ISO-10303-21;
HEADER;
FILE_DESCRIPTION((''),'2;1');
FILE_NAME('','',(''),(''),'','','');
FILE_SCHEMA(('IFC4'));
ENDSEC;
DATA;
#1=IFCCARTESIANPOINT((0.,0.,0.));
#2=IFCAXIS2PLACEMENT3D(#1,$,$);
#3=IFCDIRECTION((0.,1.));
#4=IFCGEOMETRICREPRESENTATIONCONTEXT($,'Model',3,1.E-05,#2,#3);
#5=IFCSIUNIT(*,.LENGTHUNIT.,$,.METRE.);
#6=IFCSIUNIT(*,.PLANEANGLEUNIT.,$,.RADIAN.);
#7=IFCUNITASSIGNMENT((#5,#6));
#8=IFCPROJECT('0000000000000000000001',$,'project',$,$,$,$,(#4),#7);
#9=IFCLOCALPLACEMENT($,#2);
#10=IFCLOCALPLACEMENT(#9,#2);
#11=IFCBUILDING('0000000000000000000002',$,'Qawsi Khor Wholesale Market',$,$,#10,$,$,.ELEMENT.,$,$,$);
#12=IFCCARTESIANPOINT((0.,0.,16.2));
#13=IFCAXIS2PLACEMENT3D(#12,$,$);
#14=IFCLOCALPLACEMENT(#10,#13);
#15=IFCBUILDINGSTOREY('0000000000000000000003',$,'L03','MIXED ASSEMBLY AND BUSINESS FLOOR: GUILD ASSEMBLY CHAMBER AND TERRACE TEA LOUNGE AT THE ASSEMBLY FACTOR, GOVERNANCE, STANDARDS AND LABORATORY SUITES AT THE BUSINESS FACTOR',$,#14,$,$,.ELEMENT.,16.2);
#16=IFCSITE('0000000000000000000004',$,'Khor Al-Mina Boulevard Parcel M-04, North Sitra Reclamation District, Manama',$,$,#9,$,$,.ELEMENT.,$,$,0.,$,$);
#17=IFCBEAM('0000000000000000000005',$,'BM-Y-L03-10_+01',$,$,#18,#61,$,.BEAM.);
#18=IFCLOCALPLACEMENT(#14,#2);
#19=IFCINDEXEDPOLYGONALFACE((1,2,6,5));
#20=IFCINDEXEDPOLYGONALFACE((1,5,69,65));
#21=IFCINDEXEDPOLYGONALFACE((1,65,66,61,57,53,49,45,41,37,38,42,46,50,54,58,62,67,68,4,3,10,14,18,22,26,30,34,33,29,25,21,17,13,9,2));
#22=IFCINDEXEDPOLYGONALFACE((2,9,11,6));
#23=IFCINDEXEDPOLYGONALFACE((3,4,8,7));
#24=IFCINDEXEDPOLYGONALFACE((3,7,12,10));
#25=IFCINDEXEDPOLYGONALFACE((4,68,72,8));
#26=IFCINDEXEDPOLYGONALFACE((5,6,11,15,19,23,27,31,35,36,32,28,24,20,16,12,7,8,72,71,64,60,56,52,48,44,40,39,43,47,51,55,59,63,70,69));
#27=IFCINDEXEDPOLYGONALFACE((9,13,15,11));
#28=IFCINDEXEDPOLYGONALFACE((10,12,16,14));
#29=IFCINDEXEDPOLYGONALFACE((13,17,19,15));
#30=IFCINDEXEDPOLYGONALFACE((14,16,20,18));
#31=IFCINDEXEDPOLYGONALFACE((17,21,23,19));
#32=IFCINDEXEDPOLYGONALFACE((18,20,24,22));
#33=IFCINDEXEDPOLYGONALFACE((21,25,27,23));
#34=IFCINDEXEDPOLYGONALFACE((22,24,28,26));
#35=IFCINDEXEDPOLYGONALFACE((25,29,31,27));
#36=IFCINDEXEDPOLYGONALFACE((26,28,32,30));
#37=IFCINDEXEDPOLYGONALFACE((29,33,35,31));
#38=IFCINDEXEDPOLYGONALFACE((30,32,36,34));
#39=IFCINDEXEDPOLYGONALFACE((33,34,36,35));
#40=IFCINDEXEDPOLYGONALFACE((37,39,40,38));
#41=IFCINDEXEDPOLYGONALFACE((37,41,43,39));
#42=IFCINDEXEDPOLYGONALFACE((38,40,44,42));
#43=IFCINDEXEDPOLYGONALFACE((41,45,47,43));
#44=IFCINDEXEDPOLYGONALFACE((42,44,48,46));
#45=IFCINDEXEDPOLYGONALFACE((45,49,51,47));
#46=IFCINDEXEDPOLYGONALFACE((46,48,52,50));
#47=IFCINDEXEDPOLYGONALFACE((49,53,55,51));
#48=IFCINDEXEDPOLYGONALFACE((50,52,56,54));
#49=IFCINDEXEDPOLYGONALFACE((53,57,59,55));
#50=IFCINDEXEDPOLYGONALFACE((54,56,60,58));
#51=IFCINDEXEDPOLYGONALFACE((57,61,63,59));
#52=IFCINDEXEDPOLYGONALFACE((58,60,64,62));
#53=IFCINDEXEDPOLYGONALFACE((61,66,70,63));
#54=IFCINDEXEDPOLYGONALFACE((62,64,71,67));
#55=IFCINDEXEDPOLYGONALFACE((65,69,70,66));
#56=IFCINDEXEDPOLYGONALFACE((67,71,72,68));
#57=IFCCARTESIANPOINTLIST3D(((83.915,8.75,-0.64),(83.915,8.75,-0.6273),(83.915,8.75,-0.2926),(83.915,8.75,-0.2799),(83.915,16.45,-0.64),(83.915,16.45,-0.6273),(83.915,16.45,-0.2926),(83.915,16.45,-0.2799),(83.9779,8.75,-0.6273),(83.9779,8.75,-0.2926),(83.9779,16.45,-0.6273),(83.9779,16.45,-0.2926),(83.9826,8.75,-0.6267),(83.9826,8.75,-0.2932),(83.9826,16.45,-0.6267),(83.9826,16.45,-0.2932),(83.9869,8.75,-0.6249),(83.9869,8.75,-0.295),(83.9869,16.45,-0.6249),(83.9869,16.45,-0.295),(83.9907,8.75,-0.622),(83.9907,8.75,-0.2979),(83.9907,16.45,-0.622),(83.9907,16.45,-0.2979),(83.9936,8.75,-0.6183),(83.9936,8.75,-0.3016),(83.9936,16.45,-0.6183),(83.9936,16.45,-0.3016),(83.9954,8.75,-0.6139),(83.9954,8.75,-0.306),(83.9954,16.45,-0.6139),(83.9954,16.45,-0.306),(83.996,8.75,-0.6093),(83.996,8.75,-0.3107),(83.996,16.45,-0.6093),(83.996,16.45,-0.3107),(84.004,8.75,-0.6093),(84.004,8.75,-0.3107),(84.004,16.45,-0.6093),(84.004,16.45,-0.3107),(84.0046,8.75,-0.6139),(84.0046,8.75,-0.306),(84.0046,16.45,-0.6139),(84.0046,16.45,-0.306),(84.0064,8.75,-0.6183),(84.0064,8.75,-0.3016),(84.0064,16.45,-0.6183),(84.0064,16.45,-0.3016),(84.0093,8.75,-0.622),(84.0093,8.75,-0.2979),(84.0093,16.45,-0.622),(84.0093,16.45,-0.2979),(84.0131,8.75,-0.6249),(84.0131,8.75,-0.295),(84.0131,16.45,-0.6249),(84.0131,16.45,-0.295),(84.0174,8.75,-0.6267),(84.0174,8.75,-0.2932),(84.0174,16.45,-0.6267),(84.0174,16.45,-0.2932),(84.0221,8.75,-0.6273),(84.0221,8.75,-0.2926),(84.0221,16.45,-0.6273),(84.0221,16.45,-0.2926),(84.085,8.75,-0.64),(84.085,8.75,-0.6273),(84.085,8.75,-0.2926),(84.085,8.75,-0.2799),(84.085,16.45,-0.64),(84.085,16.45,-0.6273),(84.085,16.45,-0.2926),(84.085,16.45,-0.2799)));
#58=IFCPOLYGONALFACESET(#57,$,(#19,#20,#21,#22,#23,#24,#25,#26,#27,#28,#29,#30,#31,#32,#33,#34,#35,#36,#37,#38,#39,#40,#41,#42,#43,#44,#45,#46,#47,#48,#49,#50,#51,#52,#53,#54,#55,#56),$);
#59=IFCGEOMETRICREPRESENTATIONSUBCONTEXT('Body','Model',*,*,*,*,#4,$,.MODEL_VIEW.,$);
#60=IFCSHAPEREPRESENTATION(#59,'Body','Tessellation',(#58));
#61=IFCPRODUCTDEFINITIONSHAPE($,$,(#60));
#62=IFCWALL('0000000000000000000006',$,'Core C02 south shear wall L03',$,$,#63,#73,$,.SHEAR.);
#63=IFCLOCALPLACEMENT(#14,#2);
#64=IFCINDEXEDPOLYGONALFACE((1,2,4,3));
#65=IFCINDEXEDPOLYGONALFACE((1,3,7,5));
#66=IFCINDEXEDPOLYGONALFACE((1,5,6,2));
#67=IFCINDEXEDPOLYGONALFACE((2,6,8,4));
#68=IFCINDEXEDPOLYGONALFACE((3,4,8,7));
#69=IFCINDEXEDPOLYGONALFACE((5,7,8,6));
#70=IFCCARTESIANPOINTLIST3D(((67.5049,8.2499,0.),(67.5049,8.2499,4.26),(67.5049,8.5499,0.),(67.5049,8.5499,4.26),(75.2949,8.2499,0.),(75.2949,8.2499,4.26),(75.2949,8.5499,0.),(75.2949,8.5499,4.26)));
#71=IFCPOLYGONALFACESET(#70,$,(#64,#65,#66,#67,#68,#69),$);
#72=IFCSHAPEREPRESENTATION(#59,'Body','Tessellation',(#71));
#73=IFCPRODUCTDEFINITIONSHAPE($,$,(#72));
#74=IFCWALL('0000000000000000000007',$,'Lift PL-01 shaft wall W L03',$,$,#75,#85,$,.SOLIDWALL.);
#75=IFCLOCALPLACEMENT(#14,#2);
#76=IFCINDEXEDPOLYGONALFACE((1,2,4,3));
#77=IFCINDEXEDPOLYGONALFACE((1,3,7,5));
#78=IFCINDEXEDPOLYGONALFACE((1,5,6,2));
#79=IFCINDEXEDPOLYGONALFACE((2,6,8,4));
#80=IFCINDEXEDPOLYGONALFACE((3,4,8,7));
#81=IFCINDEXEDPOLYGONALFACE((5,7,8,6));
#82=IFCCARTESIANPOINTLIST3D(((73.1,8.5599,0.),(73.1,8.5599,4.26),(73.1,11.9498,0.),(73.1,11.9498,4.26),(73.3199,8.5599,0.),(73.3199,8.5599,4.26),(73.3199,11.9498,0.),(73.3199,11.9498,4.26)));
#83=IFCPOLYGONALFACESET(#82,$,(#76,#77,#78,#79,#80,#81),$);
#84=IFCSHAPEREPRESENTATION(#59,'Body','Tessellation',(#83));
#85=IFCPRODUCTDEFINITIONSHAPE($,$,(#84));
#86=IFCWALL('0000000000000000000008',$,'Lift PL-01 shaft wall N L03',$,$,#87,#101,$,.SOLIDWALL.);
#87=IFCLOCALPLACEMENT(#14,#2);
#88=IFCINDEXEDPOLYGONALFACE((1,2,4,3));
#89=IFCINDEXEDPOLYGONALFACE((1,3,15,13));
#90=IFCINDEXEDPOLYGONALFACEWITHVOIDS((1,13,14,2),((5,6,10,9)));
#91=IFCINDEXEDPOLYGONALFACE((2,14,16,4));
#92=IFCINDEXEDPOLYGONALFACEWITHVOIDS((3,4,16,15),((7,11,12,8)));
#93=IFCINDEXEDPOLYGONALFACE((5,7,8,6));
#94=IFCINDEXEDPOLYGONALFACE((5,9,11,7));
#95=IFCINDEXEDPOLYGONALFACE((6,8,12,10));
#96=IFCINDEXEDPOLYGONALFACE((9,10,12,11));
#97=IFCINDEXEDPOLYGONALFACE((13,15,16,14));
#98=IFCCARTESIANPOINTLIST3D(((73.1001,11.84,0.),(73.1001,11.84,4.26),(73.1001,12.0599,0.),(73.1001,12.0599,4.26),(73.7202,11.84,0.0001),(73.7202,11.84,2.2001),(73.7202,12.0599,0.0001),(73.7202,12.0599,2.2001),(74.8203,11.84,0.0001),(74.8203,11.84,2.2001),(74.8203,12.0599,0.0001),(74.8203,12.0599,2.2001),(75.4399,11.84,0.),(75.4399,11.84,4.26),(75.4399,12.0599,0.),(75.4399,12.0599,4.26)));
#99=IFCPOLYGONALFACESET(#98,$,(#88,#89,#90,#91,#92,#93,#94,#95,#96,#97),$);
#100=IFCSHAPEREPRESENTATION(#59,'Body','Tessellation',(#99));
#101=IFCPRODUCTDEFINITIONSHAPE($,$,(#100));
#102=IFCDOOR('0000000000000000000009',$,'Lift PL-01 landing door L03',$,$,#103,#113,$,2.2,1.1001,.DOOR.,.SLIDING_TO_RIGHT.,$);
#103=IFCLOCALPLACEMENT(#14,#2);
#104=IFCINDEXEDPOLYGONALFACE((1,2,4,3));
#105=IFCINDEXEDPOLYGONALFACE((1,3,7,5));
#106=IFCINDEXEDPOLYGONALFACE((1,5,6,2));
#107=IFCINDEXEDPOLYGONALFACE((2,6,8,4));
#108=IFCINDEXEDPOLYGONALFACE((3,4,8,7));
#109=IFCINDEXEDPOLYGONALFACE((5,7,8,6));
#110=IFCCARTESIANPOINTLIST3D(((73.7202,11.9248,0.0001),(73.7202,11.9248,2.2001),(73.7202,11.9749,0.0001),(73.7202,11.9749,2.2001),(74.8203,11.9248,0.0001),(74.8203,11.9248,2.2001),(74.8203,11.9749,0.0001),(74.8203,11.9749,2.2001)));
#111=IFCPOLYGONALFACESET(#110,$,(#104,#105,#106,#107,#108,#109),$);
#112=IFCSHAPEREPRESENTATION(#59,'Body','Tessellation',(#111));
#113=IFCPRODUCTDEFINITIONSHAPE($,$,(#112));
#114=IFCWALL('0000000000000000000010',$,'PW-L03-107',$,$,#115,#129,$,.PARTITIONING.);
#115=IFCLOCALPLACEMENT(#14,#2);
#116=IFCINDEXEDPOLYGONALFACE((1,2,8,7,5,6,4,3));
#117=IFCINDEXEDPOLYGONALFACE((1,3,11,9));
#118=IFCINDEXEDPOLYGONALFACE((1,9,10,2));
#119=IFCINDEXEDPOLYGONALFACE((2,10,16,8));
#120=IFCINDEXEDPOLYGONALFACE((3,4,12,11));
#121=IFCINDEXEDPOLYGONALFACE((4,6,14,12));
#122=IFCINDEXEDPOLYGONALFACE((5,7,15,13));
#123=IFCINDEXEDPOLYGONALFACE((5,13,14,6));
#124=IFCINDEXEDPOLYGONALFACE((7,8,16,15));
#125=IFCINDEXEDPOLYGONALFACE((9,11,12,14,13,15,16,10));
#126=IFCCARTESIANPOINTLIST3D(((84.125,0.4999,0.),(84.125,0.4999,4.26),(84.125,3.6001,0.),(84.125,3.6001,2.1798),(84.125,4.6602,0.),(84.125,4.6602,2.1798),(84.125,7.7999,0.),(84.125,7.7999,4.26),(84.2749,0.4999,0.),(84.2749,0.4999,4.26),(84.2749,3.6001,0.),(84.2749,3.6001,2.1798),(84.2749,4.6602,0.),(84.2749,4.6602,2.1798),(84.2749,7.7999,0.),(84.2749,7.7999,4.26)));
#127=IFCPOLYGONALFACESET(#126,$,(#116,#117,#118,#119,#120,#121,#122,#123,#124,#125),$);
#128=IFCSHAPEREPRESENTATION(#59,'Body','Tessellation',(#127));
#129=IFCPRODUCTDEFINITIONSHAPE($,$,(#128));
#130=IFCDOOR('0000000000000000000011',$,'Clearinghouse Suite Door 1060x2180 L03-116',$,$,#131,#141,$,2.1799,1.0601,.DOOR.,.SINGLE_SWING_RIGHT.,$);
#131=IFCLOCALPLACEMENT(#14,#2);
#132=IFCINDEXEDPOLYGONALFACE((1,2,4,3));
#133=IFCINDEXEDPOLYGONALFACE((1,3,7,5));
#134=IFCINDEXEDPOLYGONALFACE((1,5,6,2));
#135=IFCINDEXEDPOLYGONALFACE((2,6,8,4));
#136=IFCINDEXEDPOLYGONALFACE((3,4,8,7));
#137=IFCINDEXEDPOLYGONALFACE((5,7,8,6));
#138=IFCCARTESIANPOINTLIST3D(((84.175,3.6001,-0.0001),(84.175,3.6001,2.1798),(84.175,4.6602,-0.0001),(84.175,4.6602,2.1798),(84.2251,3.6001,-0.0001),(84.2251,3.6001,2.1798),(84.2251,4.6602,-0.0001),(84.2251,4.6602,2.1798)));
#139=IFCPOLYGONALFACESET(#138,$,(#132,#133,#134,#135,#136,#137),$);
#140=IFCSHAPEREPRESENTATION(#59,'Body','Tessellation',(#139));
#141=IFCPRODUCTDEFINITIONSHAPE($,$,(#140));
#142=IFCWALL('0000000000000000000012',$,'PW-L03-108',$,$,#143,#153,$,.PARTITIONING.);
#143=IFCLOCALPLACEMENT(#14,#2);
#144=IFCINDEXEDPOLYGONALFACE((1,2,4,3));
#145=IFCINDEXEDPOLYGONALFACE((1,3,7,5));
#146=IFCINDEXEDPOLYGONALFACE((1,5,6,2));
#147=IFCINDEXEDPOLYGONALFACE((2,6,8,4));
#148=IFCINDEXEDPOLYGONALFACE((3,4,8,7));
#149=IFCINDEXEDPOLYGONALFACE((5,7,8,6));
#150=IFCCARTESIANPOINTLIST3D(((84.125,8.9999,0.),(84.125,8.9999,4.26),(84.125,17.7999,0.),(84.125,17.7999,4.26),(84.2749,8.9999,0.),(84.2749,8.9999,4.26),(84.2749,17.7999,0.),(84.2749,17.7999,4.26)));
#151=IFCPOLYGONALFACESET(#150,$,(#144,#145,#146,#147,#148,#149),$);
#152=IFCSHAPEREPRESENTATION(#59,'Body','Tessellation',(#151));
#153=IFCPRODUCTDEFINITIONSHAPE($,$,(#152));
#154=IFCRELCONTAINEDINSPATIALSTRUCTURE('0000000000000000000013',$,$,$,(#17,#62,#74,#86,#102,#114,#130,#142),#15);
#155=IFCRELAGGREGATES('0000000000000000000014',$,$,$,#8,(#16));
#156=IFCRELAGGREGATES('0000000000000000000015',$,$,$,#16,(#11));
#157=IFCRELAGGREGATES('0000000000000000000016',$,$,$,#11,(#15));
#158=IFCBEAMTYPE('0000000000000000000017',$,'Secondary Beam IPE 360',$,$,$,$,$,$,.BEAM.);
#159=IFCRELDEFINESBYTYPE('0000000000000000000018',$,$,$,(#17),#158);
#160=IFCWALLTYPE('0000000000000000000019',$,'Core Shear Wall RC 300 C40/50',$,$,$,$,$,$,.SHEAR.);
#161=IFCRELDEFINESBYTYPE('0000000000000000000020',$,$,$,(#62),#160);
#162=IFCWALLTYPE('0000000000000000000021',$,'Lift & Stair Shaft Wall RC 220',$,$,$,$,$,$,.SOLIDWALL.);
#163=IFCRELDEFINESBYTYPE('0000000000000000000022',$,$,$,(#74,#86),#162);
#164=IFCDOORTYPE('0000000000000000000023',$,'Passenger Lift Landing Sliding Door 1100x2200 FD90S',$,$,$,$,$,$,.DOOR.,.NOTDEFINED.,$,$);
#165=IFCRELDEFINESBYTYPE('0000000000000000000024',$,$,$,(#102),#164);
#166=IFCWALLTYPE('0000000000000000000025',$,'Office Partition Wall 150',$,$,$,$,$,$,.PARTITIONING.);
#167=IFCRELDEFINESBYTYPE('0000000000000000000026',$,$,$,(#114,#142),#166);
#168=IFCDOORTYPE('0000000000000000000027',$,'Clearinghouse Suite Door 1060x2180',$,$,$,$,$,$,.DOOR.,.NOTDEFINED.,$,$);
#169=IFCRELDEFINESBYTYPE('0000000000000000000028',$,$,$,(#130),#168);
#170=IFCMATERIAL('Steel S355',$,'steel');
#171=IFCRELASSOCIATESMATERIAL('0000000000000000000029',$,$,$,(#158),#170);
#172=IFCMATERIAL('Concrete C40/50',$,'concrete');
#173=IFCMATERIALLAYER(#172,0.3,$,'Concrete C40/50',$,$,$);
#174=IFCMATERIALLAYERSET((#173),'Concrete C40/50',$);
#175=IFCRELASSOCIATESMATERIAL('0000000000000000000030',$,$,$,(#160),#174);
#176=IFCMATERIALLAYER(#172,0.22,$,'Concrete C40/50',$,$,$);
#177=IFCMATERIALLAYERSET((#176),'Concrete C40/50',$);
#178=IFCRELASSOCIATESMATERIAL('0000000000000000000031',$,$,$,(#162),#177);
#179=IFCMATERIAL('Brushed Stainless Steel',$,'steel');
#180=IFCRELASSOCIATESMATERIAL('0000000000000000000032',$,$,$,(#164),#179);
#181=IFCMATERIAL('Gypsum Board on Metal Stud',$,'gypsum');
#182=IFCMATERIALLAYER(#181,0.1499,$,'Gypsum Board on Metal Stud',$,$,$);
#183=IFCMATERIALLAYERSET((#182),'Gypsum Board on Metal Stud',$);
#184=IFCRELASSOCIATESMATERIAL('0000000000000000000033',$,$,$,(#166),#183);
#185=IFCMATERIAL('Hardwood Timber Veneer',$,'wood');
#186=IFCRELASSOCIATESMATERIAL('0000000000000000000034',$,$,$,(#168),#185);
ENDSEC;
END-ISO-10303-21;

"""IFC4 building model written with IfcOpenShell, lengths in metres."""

from ifc_helpers import new_model, si_unit, direction, frame, frame_2d, origin, origin_2d, place, context, subcontext, project, spatial, rectangle, i_section, extrude, material, layer, layer_set, material_profile, profile_set, type_object, element, fill, save


model = new_model("IFC4")

# Units and contexts
model_context = context("Model", 3, precision=1e-05, world=origin(), true_north=direction((0.0, 1.0)))
body_context = subcontext(model_context, "Body", "Model", "MODEL_VIEW")
ifc_project = project(units=[si_unit("LENGTHUNIT", "METRE"), si_unit("PLANEANGLEUNIT", "RADIAN")], contexts=[model_context])

# Site, building, storey
site_placement = place(None, origin())
site = spatial("IfcSite", under=ifc_project, at=site_placement, Name="Khor Al-Mina Boulevard Parcel M-04, North Sitra Reclamation District, Manama", CompositionType="ELEMENT", RefElevation=0.0)
building_placement = place(site_placement, origin())
building = spatial("IfcBuilding", under=site, at=building_placement, Name="Qawsi Khor Wholesale Market", CompositionType="ELEMENT")
storey_placement = place(building_placement, frame((0.0, 0.0, 16.2)))
storey = spatial("IfcBuildingStorey", under=building, at=storey_placement, Name="L03", Description="MIXED ASSEMBLY AND BUSINESS FLOOR: GUILD ASSEMBLY CHAMBER AND TERRACE TEA LOUNGE AT THE ASSEMBLY FACTOR, GOVERNANCE, STANDARDS AND LABORATORY SUITES AT THE BUSINESS FACTOR", CompositionType="ELEMENT", Elevation=16.2)

# Shared definitions
ifc_material_1 = material(Name="Concrete C40/50", Category="concrete")

# Beam
ifc_material_2 = material(Name="Steel S355", Category="steel")
ifc_material_profile_1 = material_profile(ifc_material_2, i_section(OverallWidth=0.1699, OverallDepth=0.3601, WebThickness=0.0081, FlangeThickness=0.0127, FilletRadius=0.0181, at=origin_2d()), Name="IPE 360")
ifc_profile_set_1 = profile_set([ifc_material_profile_1], Name="Steel S355")
beam_type_1 = type_object("IfcBeamType", Name="Secondary Beam IPE 360", PredefinedType="BEAM", material=ifc_profile_set_1)
for number, where, z_axis, x_axis, name in (
    (1, (84.0, 8.75, -0.46), (0.0, 1.0, 0.0), (-1.0, 0.0, 0.0), "BM-Y-L03-10_+01"),
):
    element("IfcBeam", number, at=place(storey_placement, frame(where, z_axis=z_axis, x_axis=x_axis)), inside=storey, type_object=beam_type_1, Name=name, PredefinedType="BEAM", context=body_context, shape_type="SweptSolid", body=[
        extrude(i_section(OverallWidth=0.1699, OverallDepth=0.3601, WebThickness=0.0081, FlangeThickness=0.0127, FilletRadius=0.0181, at=origin_2d()), origin(), (0.0, 0.0, 1.0), 7.7),
    ])

# Walls
ifc_layer_1 = layer(ifc_material_1, 0.3, Name="Concrete C40/50")
ifc_layer_set_1 = layer_set([ifc_layer_1], Name="Concrete C40/50")
wall_type_1 = type_object("IfcWallType", Name="Core Shear Wall RC 300 C40/50", PredefinedType="SHEAR", material=ifc_layer_set_1)
wall_1_placement = place(storey_placement, frame((75.2949, 8.3999, 0.0), z_axis=(0.0, 0.0, 1.0), x_axis=(-1.0, 0.0, 0.0)))
element("IfcWall", 2, at=wall_1_placement, inside=storey, type_object=wall_type_1, Name="Core C02 south shear wall L03", PredefinedType="SHEAR", context=body_context, shape_type="SweptSolid", body=[
    extrude(rectangle(XDim=7.79, YDim=0.3, at=frame_2d((3.895, 0.0))), origin(), (0.0, 0.0, 1.0), 4.26),
])
ifc_layer_2 = layer(ifc_material_1, 0.22, Name="Concrete C40/50")
ifc_layer_set_2 = layer_set([ifc_layer_2], Name="Concrete C40/50")
wall_type_2 = type_object("IfcWallType", Name="Lift & Stair Shaft Wall RC 220", PredefinedType="SOLIDWALL", material=ifc_layer_set_2)
wall_2_placement = place(storey_placement, frame((73.21, 8.5601, 0.0), z_axis=(0.0, 0.0, 1.0), x_axis=(0.0, 1.0, 0.0)))
element("IfcWall", 3, at=wall_2_placement, inside=storey, type_object=wall_type_2, Name="Lift PL-01 shaft wall W L03", PredefinedType="SOLIDWALL", context=body_context, shape_type="SweptSolid", body=[
    extrude(rectangle(XDim=3.3899, YDim=0.22, at=frame_2d((1.6948, 0.0))), origin(), (0.0, 0.0, 1.0), 4.26),
])

# Walls, openings, doors
wall_3_placement = place(storey_placement, frame((73.1001, 11.95, 0.0), z_axis=(0.0, 0.0, 1.0), x_axis=(1.0, 0.0, 0.0)))
wall_3 = element("IfcWall", 4, at=wall_3_placement, inside=storey, type_object=wall_type_2, Name="Lift PL-01 shaft wall N L03", PredefinedType="SOLIDWALL", context=body_context, shape_type="SweptSolid", body=[
    extrude(rectangle(XDim=2.3398, YDim=0.22, at=frame_2d((1.1699, 0.0))), origin(), (0.0, 0.0, 1.0), 4.26),
])
opening_1_placement = place(wall_3_placement, frame((0.6201, 0.0, 0.0)))
opening_1 = element("IfcOpeningElement", 5, at=opening_1_placement, cuts=wall_3, PredefinedType="OPENING", context=body_context, shape_type="SweptSolid", body=[
    extrude(rectangle(XDim=1.1001, YDim=2.2, at=frame_2d((0.55, 1.1001))), frame((0.0, 0.1199, 0.0), z_axis=(0.0, -1.0, 0.0), x_axis=(1.0, 0.0, 0.0)), (0.0, 0.0, 1.0), 0.24),
])
ifc_material_3 = material(Name="Brushed Stainless Steel", Category="steel")
door_type_1 = type_object("IfcDoorType", Name="Passenger Lift Landing Sliding Door 1100x2200 FD90S", OperationType="NOTDEFINED", PredefinedType="DOOR", material=ifc_material_3)
door_1_placement = place(opening_1_placement, origin())
door_1 = element("IfcDoor", 6, at=door_1_placement, inside=storey, type_object=door_type_1, Name="Lift PL-01 landing door L03", OperationType="SLIDING_TO_RIGHT", OverallHeight=2.2, OverallWidth=1.1001, PredefinedType="DOOR", context=body_context, shape_type="SweptSolid", body=[
    extrude(rectangle(XDim=1.1001, YDim=2.2, at=frame_2d((0.55, 1.1001))), frame((0.0, 0.0249, 0.0), z_axis=(0.0, -1.0, 0.0), x_axis=(1.0, 0.0, 0.0)), (0.0, 0.0, 1.0), 0.05),
])
fill(opening_1, door_1)
ifc_material_4 = material(Name="Gypsum Board on Metal Stud", Category="gypsum")
ifc_layer_3 = layer(ifc_material_4, 0.1499, Name="Gypsum Board on Metal Stud")
ifc_layer_set_3 = layer_set([ifc_layer_3], Name="Gypsum Board on Metal Stud")
wall_type_3 = type_object("IfcWallType", Name="Office Partition Wall 150", PredefinedType="PARTITIONING", material=ifc_layer_set_3)
wall_4_placement = place(storey_placement, frame((84.2, 0.5, 0.0), z_axis=(0.0, 0.0, 1.0), x_axis=(0.0, 1.0, 0.0)))
wall_4 = element("IfcWall", 7, at=wall_4_placement, inside=storey, type_object=wall_type_3, Name="PW-L03-107", PredefinedType="PARTITIONING", context=body_context, shape_type="SweptSolid", body=[
    extrude(rectangle(XDim=7.3, YDim=0.1499, at=frame_2d((3.6499, 0.0))), origin(), (0.0, 0.0, 1.0), 4.26),
])
opening_2_placement = place(wall_4_placement, frame((3.1001, 0.0, 0.0)))
opening_2 = element("IfcOpeningElement", 8, at=opening_2_placement, cuts=wall_4, PredefinedType="OPENING", context=body_context, shape_type="SweptSolid", body=[
    extrude(rectangle(XDim=1.0601, YDim=2.1799, at=frame_2d((0.53, 1.0898))), frame((0.0, 0.085, 0.0), z_axis=(0.0, -1.0, 0.0), x_axis=(1.0, 0.0, 0.0)), (0.0, 0.0, 1.0), 0.1699),
])
ifc_material_5 = material(Name="Hardwood Timber Veneer", Category="wood")
door_type_2 = type_object("IfcDoorType", Name="Clearinghouse Suite Door 1060x2180", OperationType="NOTDEFINED", PredefinedType="DOOR", material=ifc_material_5)
door_2_placement = place(opening_2_placement, origin())
door_2 = element("IfcDoor", 9, at=door_2_placement, inside=storey, type_object=door_type_2, Name="Clearinghouse Suite Door 1060x2180 L03-116", OperationType="SINGLE_SWING_RIGHT", OverallHeight=2.1799, OverallWidth=1.0601, PredefinedType="DOOR", context=body_context, shape_type="SweptSolid", body=[
    extrude(rectangle(XDim=1.0601, YDim=2.1799, at=frame_2d((0.53, 1.0898))), frame((0.0, 0.0249, 0.0), z_axis=(0.0, -1.0, 0.0), x_axis=(1.0, 0.0, 0.0)), (0.0, 0.0, 1.0), 0.05),
])
fill(opening_2, door_2)

# Wall
wall_5_placement = place(storey_placement, frame((84.2, 9.0, 0.0), z_axis=(0.0, 0.0, 1.0), x_axis=(0.0, 1.0, 0.0)))
element("IfcWall", 10, at=wall_5_placement, inside=storey, type_object=wall_type_3, Name="PW-L03-108", PredefinedType="PARTITIONING", context=body_context, shape_type="SweptSolid", body=[
    extrude(rectangle(XDim=8.8, YDim=0.1499, at=frame_2d((4.3999, 0.0))), origin(), (0.0, 0.0, 1.0), 4.26),
])

save(model, "model.ifc")
